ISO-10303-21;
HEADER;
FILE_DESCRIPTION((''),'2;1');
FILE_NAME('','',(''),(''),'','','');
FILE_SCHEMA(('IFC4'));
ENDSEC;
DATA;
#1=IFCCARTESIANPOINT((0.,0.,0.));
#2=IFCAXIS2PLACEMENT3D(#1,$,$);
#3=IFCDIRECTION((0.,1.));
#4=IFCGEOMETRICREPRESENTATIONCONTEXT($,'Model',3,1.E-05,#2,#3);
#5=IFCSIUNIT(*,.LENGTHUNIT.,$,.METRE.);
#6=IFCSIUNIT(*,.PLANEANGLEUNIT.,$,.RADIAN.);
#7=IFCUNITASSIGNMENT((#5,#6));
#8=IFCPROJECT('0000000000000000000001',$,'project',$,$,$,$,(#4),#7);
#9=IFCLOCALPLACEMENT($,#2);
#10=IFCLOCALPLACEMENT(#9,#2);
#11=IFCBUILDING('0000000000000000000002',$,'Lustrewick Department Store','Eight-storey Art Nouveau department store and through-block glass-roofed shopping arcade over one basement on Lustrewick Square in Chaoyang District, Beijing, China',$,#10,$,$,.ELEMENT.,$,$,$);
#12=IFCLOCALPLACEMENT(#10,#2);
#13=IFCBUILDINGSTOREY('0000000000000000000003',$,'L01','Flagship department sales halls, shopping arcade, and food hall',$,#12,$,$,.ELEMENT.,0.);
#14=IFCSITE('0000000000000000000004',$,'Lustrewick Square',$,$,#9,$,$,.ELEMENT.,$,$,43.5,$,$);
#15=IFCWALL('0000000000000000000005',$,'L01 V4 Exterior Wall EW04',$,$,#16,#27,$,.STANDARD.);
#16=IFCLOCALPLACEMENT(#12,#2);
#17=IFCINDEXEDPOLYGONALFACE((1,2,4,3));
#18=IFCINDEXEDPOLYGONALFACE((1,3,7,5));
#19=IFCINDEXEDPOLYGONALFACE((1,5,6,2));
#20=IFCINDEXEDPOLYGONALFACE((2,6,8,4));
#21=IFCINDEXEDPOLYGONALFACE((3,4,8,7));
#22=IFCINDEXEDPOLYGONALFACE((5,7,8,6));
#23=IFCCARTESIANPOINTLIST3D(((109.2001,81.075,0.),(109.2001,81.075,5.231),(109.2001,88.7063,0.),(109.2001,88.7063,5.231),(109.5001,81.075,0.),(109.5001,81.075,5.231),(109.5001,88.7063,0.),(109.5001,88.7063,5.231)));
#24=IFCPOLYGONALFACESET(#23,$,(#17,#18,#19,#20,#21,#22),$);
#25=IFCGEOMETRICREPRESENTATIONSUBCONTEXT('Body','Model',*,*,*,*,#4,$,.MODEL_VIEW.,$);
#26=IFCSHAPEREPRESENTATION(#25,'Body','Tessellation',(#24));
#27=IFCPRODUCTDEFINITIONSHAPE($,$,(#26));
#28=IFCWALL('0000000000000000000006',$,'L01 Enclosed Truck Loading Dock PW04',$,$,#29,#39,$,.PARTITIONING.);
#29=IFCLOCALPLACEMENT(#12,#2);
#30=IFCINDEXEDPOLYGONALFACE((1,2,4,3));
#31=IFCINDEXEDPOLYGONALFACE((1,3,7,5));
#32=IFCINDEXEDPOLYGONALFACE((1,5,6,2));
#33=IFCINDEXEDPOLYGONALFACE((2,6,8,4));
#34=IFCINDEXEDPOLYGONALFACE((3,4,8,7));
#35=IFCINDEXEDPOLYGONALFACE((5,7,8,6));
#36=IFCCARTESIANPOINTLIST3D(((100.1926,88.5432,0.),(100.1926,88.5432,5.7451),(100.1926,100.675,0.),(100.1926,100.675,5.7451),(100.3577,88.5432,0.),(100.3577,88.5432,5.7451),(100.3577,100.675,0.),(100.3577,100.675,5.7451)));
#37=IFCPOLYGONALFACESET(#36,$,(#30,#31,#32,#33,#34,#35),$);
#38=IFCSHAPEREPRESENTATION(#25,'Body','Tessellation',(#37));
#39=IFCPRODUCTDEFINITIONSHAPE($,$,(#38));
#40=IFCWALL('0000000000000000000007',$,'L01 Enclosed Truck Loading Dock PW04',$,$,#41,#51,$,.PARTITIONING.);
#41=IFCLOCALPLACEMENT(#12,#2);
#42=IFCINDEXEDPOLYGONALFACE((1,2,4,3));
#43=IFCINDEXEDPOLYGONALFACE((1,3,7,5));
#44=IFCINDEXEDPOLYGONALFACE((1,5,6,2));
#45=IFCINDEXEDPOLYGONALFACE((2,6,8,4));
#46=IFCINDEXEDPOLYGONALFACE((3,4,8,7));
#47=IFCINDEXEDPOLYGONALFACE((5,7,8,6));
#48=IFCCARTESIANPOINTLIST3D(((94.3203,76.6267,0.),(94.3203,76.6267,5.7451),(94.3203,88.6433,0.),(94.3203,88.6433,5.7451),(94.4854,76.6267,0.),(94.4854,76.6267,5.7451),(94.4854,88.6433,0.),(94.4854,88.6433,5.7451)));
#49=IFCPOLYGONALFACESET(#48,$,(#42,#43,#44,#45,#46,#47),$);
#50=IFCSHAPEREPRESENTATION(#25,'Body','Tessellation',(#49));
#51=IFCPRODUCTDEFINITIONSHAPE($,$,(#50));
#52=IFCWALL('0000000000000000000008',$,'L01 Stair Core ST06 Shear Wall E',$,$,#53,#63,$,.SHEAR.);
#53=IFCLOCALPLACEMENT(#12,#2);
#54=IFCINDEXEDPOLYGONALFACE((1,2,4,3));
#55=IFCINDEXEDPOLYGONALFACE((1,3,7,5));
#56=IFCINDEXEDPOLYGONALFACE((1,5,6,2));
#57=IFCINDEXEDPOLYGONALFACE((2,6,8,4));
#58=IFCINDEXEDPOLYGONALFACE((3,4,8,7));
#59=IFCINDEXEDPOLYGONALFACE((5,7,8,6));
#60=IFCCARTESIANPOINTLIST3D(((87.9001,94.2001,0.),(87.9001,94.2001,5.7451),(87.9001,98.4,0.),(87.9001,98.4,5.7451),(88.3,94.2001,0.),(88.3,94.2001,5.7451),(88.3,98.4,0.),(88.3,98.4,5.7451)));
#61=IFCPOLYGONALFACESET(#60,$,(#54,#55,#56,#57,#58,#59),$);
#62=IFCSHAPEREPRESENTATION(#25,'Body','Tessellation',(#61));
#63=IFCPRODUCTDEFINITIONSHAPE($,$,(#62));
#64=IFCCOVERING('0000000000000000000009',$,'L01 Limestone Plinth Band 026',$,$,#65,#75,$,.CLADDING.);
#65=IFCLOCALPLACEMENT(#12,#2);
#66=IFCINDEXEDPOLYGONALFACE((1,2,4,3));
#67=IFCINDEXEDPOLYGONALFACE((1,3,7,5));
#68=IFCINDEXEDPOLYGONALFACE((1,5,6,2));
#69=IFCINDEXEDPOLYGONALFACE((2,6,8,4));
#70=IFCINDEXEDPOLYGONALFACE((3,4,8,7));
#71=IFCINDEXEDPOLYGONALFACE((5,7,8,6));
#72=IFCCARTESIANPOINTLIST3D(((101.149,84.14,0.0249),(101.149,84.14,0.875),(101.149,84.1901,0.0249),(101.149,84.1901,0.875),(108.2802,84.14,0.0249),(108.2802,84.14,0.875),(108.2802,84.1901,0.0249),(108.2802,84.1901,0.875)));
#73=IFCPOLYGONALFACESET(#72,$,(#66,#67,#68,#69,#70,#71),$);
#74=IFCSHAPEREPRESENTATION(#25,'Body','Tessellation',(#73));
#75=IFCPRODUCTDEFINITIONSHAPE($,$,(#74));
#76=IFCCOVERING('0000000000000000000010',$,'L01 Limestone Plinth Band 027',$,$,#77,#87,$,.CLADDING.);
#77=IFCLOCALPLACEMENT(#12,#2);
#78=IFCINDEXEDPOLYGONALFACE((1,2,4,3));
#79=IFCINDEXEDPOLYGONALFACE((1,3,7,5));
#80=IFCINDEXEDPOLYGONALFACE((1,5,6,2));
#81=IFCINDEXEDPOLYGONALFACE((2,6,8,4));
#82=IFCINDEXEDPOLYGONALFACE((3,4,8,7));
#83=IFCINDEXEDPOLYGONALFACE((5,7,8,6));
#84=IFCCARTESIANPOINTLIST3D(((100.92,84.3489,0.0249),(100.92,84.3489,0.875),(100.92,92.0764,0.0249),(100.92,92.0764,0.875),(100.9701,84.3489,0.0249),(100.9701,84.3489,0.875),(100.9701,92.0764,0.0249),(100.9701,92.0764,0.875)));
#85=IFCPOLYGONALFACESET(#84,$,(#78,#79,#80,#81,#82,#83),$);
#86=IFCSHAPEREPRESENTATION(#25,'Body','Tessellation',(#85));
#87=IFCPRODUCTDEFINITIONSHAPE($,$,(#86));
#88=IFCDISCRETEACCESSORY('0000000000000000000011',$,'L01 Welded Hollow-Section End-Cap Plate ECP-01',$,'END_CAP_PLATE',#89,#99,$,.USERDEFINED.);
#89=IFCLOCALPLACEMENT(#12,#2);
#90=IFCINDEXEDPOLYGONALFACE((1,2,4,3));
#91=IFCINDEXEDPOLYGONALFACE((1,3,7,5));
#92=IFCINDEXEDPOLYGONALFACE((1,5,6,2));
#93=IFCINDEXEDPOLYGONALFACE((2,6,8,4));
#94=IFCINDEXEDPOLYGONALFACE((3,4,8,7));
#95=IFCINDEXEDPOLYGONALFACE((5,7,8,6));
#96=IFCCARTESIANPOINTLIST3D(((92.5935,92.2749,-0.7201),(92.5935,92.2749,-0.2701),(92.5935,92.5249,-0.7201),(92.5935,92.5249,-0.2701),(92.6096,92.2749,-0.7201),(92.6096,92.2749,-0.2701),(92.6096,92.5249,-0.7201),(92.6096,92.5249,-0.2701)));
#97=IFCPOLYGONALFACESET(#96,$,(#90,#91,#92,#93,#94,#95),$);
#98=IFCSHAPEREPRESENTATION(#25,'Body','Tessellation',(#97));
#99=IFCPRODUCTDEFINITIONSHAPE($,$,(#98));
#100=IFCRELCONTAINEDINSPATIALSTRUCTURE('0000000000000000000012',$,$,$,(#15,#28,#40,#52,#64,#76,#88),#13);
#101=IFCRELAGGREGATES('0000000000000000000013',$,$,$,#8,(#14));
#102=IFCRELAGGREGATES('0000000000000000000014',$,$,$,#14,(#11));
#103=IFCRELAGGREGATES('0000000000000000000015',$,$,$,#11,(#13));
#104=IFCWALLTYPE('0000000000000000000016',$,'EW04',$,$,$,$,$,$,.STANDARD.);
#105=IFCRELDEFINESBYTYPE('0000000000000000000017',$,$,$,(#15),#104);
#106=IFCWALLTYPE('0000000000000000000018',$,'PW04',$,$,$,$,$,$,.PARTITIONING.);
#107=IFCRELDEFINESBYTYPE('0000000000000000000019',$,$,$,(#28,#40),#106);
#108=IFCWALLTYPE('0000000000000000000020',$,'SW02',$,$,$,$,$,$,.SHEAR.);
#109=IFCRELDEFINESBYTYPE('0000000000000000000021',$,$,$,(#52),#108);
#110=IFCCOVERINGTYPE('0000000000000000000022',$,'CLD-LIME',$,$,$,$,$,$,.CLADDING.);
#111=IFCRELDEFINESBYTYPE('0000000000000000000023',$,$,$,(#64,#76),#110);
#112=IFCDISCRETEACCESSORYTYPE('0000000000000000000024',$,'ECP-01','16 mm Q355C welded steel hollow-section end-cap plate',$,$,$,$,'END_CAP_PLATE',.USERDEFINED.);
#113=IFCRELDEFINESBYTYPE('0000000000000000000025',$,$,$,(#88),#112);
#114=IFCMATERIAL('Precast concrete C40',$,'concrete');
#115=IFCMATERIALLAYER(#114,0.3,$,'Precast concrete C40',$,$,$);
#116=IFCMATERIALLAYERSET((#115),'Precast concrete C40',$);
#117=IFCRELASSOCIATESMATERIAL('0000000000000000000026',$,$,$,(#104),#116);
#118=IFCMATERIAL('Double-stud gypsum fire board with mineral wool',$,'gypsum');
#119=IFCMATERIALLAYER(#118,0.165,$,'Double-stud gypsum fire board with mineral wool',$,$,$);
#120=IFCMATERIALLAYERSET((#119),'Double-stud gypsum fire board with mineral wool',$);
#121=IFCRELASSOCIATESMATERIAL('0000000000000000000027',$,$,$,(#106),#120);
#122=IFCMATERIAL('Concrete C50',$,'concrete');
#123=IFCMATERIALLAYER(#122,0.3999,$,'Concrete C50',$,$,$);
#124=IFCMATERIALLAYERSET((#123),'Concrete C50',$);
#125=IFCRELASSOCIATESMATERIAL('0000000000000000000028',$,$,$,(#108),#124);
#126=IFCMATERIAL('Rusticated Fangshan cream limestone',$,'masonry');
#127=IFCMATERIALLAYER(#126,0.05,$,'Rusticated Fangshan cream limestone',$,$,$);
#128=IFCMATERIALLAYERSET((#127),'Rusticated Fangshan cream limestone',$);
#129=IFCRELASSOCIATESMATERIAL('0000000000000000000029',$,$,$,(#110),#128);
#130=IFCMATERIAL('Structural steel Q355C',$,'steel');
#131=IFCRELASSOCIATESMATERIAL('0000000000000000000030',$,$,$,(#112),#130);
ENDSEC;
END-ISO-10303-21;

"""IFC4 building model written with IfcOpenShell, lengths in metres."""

from ifc_helpers import new_model, si_unit, direction, frame, frame_2d, origin, origin_2d, place, context, subcontext, project, spatial, rectangle, extrude, material, layer, layer_set, type_object, element, save


model = new_model("IFC4")

# Units and contexts
model_context = context("Model", 3, precision=1e-05, world=origin(), true_north=direction((0.0, 1.0)))
body_context = subcontext(model_context, "Body", "Model", "MODEL_VIEW")
ifc_project = project(units=[si_unit("LENGTHUNIT", "METRE"), si_unit("PLANEANGLEUNIT", "RADIAN")], contexts=[model_context])

# Site, building, storey
site_placement = place(None, origin())
site = spatial("IfcSite", under=ifc_project, at=site_placement, Name="Lustrewick Square", CompositionType="ELEMENT", RefElevation=43.5)
building_placement = place(site_placement, origin())
building = spatial("IfcBuilding", under=site, at=building_placement, Name="Lustrewick Department Store", Description="Eight-storey Art Nouveau department store and through-block glass-roofed shopping arcade over one basement on Lustrewick Square in Chaoyang District, Beijing, China", CompositionType="ELEMENT")
storey_placement = place(building_placement, origin())
storey = spatial("IfcBuildingStorey", under=building, at=storey_placement, Name="L01", Description="Flagship department sales halls, shopping arcade, and food hall", CompositionType="ELEMENT", Elevation=0.0)

# Shared definitions
ifc_material_1 = material(Name="Structural steel Q355C", Category="steel")

# Shared definitions
ifc_material_2 = material(Name="Precast concrete C40", Category="concrete")

# Walls
ifc_layer_1 = layer(ifc_material_2, 0.3, Name="Precast concrete C40")
ifc_layer_set_1 = layer_set([ifc_layer_1], Name="Precast concrete C40")
wall_type_1 = type_object("IfcWallType", Name="EW04", PredefinedType="STANDARD", material=ifc_layer_set_1)
wall_1_placement = place(storey_placement, frame((109.3501, 88.7063, 0.0), z_axis=(0.0, 0.0, 1.0), x_axis=(0.0, -1.0, 0.0)))
element("IfcWall", 1, at=wall_1_placement, inside=storey, type_object=wall_type_1, Name="L01 V4 Exterior Wall EW04", PredefinedType="STANDARD", context=body_context, shape_type="SweptSolid", body=[
    extrude(rectangle(XDim=7.6313, YDim=0.3, at=frame_2d((3.8157, 0.0))), origin(), (0.0, 0.0, 1.0), 5.231),
])
ifc_material_3 = material(Name="Double-stud gypsum fire board with mineral wool", Category="gypsum")
ifc_layer_2 = layer(ifc_material_3, 0.165, Name="Double-stud gypsum fire board with mineral wool")
ifc_layer_set_2 = layer_set([ifc_layer_2], Name="Double-stud gypsum fire board with mineral wool")
wall_type_2 = type_object("IfcWallType", Name="PW04", PredefinedType="PARTITIONING", material=ifc_layer_set_2)
wall_2_placement = place(storey_placement, frame((100.2751, 88.5432, 0.0), z_axis=(0.0, 0.0, 1.0), x_axis=(0.0, 1.0, 0.0)))
element("IfcWall", 2, at=wall_2_placement, inside=storey, type_object=wall_type_2, Name="L01 Enclosed Truck Loading Dock PW04", PredefinedType="PARTITIONING", context=body_context, shape_type="SweptSolid", body=[
    extrude(rectangle(XDim=12.1318, YDim=0.165, at=frame_2d((6.0659, 0.0))), origin(), (0.0, 0.0, 1.0), 5.7451),
])
wall_3_placement = place(storey_placement, frame((94.4028, 88.6433, 0.0), z_axis=(0.0, 0.0, 1.0), x_axis=(0.0, -1.0, 0.0)))
element("IfcWall", 3, at=wall_3_placement, inside=storey, type_object=wall_type_2, Name="L01 Enclosed Truck Loading Dock PW04", PredefinedType="PARTITIONING", context=body_context, shape_type="SweptSolid", body=[
    extrude(rectangle(XDim=12.0166, YDim=0.165, at=frame_2d((6.0083, 0.0))), origin(), (0.0, 0.0, 1.0), 5.7451),
])
ifc_material_4 = material(Name="Concrete C50", Category="concrete")
ifc_layer_3 = layer(ifc_material_4, 0.3999, Name="Concrete C50")
ifc_layer_set_3 = layer_set([ifc_layer_3], Name="Concrete C50")
wall_type_3 = type_object("IfcWallType", Name="SW02", PredefinedType="SHEAR", material=ifc_layer_set_3)
wall_4_placement = place(storey_placement, frame((88.1001, 94.2, 0.0), z_axis=(0.0, 0.0, 1.0), x_axis=(0.0, 1.0, 0.0)))
element("IfcWall", 4, at=wall_4_placement, inside=storey, type_object=wall_type_3, Name="L01 Stair Core ST06 Shear Wall E", PredefinedType="SHEAR", context=body_context, shape_type="SweptSolid", body=[
    extrude(rectangle(XDim=4.2, YDim=0.3999, at=frame_2d((2.1001, 0.0))), origin(), (0.0, 0.0, 1.0), 5.7451),
])

# Coverings
ifc_material_5 = material(Name="Rusticated Fangshan cream limestone", Category="masonry")
ifc_layer_4 = layer(ifc_material_5, 0.05, Name="Rusticated Fangshan cream limestone")
ifc_layer_set_4 = layer_set([ifc_layer_4], Name="Rusticated Fangshan cream limestone")
covering_type = type_object("IfcCoveringType", Name="CLD-LIME", PredefinedType="CLADDING", material=ifc_layer_set_4)
covering_1_placement = place(storey_placement, frame((104.7146, 84.165, 0.0249), z_axis=(0.0, 0.0, 1.0), x_axis=(-1.0, 0.0, 0.0)))
element("IfcCovering", 5, at=covering_1_placement, inside=storey, type_object=covering_type, Name="L01 Limestone Plinth Band 026", PredefinedType="CLADDING", context=body_context, shape_type="SweptSolid", body=[
    extrude(rectangle(XDim=7.1311, YDim=0.05, at=origin_2d()), origin(), (0.0, 0.0, 1.0), 0.8501),
])
covering_2_placement = place(storey_placement, frame((100.9451, 88.2126, 0.0249), z_axis=(0.0, 0.0, 1.0), x_axis=(0.0, 1.0, 0.0)))
element("IfcCovering", 6, at=covering_2_placement, inside=storey, type_object=covering_type, Name="L01 Limestone Plinth Band 027", PredefinedType="CLADDING", context=body_context, shape_type="SweptSolid", body=[
    extrude(rectangle(XDim=7.7275, YDim=0.05, at=origin_2d()), origin(), (0.0, 0.0, 1.0), 0.8501),
])

# Discrete accessory
discrete_accessory_type = type_object("IfcDiscreteAccessoryType", Name="ECP-01", Description="16 mm Q355C welded steel hollow-section end-cap plate", ElementType="END_CAP_PLATE", PredefinedType="USERDEFINED", material=ifc_material_1)
discrete_accessory_placement = place(storey_placement, frame((92.6096, 92.3999, -0.4951), z_axis=(-1.0, 0.0, 0.0), x_axis=(0.0, 1.0, 0.0)))
element("IfcDiscreteAccessory", 7, at=discrete_accessory_placement, inside=storey, type_object=discrete_accessory_type, Name="L01 Welded Hollow-Section End-Cap Plate ECP-01", ObjectType="END_CAP_PLATE", PredefinedType="USERDEFINED", context=body_context, shape_type="SweptSolid", body=[
    extrude(rectangle(XDim=0.25, YDim=0.45, at=origin_2d()), origin(), (0.0, 0.0, 1.0), 0.0161),
])

save(model, "model.ifc")
